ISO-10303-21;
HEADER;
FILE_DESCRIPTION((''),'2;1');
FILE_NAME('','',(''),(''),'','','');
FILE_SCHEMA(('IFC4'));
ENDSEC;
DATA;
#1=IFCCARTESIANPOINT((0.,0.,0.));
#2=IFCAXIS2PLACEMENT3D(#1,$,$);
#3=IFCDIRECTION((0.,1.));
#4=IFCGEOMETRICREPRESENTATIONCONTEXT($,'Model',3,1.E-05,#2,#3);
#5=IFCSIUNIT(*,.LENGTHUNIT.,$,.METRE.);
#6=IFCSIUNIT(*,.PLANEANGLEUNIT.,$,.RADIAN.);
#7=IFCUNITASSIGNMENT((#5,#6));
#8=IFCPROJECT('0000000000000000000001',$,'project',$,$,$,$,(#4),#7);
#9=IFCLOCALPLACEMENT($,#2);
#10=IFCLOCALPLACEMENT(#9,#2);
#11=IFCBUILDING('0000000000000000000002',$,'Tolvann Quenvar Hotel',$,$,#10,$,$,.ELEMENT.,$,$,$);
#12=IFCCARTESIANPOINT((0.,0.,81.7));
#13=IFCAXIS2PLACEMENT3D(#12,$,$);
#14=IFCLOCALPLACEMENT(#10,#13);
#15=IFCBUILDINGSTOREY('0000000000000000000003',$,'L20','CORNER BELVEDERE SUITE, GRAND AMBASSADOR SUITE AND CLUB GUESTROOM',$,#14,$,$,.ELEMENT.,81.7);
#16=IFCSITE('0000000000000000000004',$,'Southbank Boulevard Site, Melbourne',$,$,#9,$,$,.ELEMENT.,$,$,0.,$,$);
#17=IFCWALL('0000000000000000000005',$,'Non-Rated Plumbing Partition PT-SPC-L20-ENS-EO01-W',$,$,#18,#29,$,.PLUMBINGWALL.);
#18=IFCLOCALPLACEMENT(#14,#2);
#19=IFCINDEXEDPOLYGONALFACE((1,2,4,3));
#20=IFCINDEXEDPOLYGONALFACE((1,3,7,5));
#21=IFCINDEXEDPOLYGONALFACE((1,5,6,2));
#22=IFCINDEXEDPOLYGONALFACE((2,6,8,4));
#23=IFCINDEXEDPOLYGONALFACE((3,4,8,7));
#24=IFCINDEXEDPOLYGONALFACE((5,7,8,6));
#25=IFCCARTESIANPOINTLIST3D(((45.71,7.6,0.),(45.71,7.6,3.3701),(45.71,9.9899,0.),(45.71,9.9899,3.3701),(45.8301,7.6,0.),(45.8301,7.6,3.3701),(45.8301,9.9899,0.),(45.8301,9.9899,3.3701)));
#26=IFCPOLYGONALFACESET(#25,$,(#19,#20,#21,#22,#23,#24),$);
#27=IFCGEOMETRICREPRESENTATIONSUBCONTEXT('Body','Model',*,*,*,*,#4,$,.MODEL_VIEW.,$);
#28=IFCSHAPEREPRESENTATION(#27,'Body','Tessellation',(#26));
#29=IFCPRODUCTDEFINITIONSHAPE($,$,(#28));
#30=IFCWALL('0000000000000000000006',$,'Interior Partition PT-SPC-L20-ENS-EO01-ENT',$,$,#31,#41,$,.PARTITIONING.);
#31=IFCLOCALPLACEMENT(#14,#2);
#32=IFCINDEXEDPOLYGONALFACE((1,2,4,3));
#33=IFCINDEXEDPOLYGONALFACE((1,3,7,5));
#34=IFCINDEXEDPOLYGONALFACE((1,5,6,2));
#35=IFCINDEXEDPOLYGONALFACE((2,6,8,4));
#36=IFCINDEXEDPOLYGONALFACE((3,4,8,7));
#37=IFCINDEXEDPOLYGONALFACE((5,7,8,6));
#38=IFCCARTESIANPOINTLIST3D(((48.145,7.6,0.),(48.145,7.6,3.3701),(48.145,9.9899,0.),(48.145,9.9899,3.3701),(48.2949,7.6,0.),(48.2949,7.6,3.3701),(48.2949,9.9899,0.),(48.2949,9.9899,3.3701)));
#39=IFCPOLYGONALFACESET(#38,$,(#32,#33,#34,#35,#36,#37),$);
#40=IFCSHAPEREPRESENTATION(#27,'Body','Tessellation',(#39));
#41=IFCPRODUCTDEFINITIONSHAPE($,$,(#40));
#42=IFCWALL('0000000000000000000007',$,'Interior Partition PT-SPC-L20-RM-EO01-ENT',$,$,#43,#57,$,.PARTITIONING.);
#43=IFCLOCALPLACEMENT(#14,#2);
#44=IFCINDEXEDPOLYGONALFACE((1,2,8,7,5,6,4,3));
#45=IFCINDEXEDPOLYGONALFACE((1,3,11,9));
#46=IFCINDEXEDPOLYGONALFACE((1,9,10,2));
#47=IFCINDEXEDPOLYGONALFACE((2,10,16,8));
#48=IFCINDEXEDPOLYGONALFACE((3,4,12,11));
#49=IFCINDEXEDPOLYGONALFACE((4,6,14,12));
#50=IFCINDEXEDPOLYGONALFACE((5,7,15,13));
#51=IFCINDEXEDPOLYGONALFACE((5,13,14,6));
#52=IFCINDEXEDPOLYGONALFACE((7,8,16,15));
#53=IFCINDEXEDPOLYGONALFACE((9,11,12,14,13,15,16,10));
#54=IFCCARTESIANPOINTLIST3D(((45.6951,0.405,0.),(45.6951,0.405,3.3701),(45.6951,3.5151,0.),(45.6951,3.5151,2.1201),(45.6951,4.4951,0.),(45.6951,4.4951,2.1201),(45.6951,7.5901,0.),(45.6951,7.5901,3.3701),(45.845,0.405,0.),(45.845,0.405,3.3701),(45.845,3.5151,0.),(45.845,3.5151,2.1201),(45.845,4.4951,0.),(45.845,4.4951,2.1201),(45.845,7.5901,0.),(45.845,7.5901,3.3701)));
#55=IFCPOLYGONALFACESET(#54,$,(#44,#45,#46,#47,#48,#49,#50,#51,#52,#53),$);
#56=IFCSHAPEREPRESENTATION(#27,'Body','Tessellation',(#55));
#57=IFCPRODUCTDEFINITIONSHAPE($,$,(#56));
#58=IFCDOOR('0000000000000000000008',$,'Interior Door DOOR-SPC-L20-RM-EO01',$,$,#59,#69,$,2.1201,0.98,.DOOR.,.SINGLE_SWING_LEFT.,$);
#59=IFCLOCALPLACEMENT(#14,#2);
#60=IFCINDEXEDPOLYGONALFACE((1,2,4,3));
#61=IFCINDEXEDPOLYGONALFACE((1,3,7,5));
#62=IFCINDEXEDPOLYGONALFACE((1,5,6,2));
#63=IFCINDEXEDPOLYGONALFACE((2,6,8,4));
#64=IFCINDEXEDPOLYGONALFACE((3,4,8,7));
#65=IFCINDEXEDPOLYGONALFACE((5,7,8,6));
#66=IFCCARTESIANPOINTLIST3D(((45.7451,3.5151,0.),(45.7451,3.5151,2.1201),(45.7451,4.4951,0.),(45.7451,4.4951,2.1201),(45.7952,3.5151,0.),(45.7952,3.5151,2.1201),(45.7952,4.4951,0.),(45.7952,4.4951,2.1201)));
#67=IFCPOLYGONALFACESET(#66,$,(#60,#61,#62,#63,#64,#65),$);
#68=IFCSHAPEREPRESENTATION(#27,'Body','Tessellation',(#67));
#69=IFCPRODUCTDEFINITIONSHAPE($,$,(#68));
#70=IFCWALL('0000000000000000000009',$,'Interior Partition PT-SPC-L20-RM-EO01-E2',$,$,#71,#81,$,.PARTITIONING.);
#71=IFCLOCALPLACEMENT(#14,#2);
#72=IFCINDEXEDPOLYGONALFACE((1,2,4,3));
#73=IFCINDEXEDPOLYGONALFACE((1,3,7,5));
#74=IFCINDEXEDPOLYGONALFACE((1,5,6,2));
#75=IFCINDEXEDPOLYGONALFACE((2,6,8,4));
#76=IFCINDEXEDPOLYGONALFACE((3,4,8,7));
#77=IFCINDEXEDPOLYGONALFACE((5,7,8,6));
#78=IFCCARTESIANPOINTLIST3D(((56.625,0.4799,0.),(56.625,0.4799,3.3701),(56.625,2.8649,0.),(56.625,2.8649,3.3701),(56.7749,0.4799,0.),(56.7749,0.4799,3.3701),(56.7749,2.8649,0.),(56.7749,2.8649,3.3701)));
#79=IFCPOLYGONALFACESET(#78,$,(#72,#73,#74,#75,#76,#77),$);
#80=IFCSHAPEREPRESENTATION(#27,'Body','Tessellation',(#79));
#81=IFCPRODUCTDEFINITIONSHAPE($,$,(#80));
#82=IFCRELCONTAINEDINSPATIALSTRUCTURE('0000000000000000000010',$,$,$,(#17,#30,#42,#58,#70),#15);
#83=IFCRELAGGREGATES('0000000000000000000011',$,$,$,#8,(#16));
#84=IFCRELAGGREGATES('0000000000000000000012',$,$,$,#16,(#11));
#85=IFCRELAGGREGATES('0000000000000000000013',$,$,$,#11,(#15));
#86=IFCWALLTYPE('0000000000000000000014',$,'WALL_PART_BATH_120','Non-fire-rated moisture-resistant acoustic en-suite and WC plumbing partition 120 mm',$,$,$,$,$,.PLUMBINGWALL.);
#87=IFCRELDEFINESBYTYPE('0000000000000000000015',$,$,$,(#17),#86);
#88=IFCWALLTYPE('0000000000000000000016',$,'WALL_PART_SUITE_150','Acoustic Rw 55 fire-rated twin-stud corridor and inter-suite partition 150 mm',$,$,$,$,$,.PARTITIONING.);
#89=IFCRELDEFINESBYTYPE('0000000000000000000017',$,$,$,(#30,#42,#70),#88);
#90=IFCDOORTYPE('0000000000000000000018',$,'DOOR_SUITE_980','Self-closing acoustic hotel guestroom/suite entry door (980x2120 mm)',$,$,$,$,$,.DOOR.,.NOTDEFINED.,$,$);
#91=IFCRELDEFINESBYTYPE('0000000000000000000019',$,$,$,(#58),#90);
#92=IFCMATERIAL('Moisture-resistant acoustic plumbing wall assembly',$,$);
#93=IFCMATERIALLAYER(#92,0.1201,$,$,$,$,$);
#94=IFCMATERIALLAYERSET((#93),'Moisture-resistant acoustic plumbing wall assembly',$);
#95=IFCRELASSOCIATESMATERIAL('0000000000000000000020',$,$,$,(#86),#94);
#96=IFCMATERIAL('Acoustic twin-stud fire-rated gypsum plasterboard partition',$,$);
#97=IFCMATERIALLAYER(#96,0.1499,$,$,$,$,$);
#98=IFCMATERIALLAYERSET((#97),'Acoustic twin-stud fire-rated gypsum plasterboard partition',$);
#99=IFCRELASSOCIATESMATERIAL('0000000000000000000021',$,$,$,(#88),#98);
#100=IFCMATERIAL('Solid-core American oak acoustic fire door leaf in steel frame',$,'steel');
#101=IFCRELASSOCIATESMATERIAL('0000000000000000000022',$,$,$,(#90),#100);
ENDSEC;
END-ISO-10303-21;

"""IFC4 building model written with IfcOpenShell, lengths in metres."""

from ifc_helpers import new_model, si_unit, direction, frame, frame_2d, origin, place, context, subcontext, project, spatial, rectangle, extrude, source, transform, mapped, material, layer, layer_set, type_object, type_shapes, element, fill, save


model = new_model("IFC4")

# Units and contexts
model_context = context("Model", 3, precision=1e-05, world=origin(), true_north=direction((0.0, 1.0)))
body_context = subcontext(model_context, "Body", "Model", "MODEL_VIEW")
ifc_project = project(units=[si_unit("LENGTHUNIT", "METRE"), si_unit("PLANEANGLEUNIT", "RADIAN")], contexts=[model_context])

# Site, building, storey
site_placement = place(None, origin())
site = spatial("IfcSite", under=ifc_project, at=site_placement, Name="Southbank Boulevard Site, Melbourne", CompositionType="ELEMENT", RefElevation=0.0)
building_placement = place(site_placement, origin())
building = spatial("IfcBuilding", under=site, at=building_placement, Name="Tolvann Quenvar Hotel", CompositionType="ELEMENT")
storey_placement = place(building_placement, frame((0.0, 0.0, 81.7)))
storey = spatial("IfcBuildingStorey", under=building, at=storey_placement, Name="L20", Description="CORNER BELVEDERE SUITE, GRAND AMBASSADOR SUITE AND CLUB GUESTROOM", CompositionType="ELEMENT", Elevation=81.7)

# Walls
ifc_material_1 = material(Name="Moisture-resistant acoustic plumbing wall assembly")
ifc_layer_1 = layer(ifc_material_1, 0.1201)
ifc_layer_set_1 = layer_set([ifc_layer_1], Name="Moisture-resistant acoustic plumbing wall assembly")
wall_type_1 = type_object("IfcWallType", Name="WALL_PART_BATH_120", Description="Non-fire-rated moisture-resistant acoustic en-suite and WC plumbing partition 120 mm", PredefinedType="PLUMBINGWALL", material=ifc_layer_set_1)
wall_1_placement = place(storey_placement, frame((45.77, 7.6001, 0.0), z_axis=(0.0, 0.0, 1.0), x_axis=(0.0, 1.0, 0.0)))
element("IfcWall", 1, at=wall_1_placement, inside=storey, type_object=wall_type_1, Name="Non-Rated Plumbing Partition PT-SPC-L20-ENS-EO01-W", PredefinedType="PLUMBINGWALL", context=body_context, shape_type="SweptSolid", body=[
    extrude(rectangle(XDim=2.3899, YDim=0.1201, at=frame_2d((1.1948, 0.0))), origin(), (0.0, 0.0, 1.0), 3.3701),
])
ifc_material_2 = material(Name="Acoustic twin-stud fire-rated gypsum plasterboard partition")
ifc_layer_2 = layer(ifc_material_2, 0.1499)
ifc_layer_set_2 = layer_set([ifc_layer_2], Name="Acoustic twin-stud fire-rated gypsum plasterboard partition")
wall_type_2 = type_object("IfcWallType", Name="WALL_PART_SUITE_150", Description="Acoustic Rw 55 fire-rated twin-stud corridor and inter-suite partition 150 mm", PredefinedType="PARTITIONING", material=ifc_layer_set_2)
wall_2_placement = place(storey_placement, frame((48.22, 7.6001, 0.0), z_axis=(0.0, 0.0, 1.0), x_axis=(0.0, 1.0, 0.0)))
element("IfcWall", 2, at=wall_2_placement, inside=storey, type_object=wall_type_2, Name="Interior Partition PT-SPC-L20-ENS-EO01-ENT", PredefinedType="PARTITIONING", context=body_context, shape_type="SweptSolid", body=[
    extrude(rectangle(XDim=2.3899, YDim=0.1499, at=frame_2d((1.1948, 0.0))), origin(), (0.0, 0.0, 1.0), 3.3701),
])

# Wall, opening, door
wall_3_placement = place(storey_placement, frame((45.77, 0.405, 0.0), z_axis=(0.0, 0.0, 1.0), x_axis=(0.0, 1.0, 0.0)))
wall_3 = element("IfcWall", 3, at=wall_3_placement, inside=storey, type_object=wall_type_2, Name="Interior Partition PT-SPC-L20-RM-EO01-ENT", PredefinedType="PARTITIONING", context=body_context, shape_type="SweptSolid", body=[
    extrude(rectangle(XDim=7.1851, YDim=0.1499, at=frame_2d((3.5925, 0.0))), origin(), (0.0, 0.0, 1.0), 3.3701),
])
opening_1_placement = place(wall_3_placement, frame((3.1101, 0.0, 0.0)))
opening_1 = element("IfcOpeningElement", 4, at=opening_1_placement, cuts=wall_3, PredefinedType="OPENING", context=body_context, shape_type="SweptSolid", body=[
    extrude(rectangle(XDim=0.98, YDim=2.1201, at=frame_2d((0.49, 1.0601))), frame((0.0, 0.085, 0.0), z_axis=(0.0, -1.0, 0.0), x_axis=(1.0, 0.0, 0.0)), (0.0, 0.0, 1.0), 0.1699),
])
ifc_material_3 = material(Name="Solid-core American oak acoustic fire door leaf in steel frame", Category="steel")
door_type = type_object("IfcDoorType", Name="DOOR_SUITE_980", Description="Self-closing acoustic hotel guestroom/suite entry door (980x2120 mm)", OperationType="NOTDEFINED", PredefinedType="DOOR", material=ifc_material_3)
shared_shape_1 = source(origin(), body_context, "Body", "SweptSolid", [
    extrude(rectangle(XDim=0.98, YDim=2.1201, at=frame_2d((0.49, 1.0601))), frame((0.0, 0.0249, 0.0), z_axis=(0.0, -1.0, 0.0), x_axis=(1.0, 0.0, 0.0)), (0.0, 0.0, 1.0), 0.05),
])
type_shapes(door_type, [shared_shape_1])
door_placement = place(opening_1_placement, origin())
door = element("IfcDoor", 5, at=door_placement, inside=storey, type_object=door_type, Name="Interior Door DOOR-SPC-L20-RM-EO01", OperationType="SINGLE_SWING_LEFT", OverallHeight=2.1201, OverallWidth=0.98, PredefinedType="DOOR", context=body_context, shape_type="MappedRepresentation", body=[
    mapped(shared_shape_1, transform((0.0, 0.0, 0.0), x_axis=(1.0, 0.0, 0.0), y_axis=(0.0, 1.0, 0.0), z_axis=(0.0, 0.0, 1.0), scale=1.0)),
])
fill(opening_1, door)

# Wall
wall_4_placement = place(storey_placement, frame((56.7, 0.48, 0.0), z_axis=(0.0, 0.0, 1.0), x_axis=(0.0, 1.0, 0.0)))
element("IfcWall", 6, at=wall_4_placement, inside=storey, type_object=wall_type_2, Name="Interior Partition PT-SPC-L20-RM-EO01-E2", PredefinedType="PARTITIONING", context=body_context, shape_type="SweptSolid", body=[
    extrude(rectangle(XDim=2.385, YDim=0.1499, at=frame_2d((1.1924, 0.0))), origin(), (0.0, 0.0, 1.0), 3.3701),
])

save(model, "model.ifc")
